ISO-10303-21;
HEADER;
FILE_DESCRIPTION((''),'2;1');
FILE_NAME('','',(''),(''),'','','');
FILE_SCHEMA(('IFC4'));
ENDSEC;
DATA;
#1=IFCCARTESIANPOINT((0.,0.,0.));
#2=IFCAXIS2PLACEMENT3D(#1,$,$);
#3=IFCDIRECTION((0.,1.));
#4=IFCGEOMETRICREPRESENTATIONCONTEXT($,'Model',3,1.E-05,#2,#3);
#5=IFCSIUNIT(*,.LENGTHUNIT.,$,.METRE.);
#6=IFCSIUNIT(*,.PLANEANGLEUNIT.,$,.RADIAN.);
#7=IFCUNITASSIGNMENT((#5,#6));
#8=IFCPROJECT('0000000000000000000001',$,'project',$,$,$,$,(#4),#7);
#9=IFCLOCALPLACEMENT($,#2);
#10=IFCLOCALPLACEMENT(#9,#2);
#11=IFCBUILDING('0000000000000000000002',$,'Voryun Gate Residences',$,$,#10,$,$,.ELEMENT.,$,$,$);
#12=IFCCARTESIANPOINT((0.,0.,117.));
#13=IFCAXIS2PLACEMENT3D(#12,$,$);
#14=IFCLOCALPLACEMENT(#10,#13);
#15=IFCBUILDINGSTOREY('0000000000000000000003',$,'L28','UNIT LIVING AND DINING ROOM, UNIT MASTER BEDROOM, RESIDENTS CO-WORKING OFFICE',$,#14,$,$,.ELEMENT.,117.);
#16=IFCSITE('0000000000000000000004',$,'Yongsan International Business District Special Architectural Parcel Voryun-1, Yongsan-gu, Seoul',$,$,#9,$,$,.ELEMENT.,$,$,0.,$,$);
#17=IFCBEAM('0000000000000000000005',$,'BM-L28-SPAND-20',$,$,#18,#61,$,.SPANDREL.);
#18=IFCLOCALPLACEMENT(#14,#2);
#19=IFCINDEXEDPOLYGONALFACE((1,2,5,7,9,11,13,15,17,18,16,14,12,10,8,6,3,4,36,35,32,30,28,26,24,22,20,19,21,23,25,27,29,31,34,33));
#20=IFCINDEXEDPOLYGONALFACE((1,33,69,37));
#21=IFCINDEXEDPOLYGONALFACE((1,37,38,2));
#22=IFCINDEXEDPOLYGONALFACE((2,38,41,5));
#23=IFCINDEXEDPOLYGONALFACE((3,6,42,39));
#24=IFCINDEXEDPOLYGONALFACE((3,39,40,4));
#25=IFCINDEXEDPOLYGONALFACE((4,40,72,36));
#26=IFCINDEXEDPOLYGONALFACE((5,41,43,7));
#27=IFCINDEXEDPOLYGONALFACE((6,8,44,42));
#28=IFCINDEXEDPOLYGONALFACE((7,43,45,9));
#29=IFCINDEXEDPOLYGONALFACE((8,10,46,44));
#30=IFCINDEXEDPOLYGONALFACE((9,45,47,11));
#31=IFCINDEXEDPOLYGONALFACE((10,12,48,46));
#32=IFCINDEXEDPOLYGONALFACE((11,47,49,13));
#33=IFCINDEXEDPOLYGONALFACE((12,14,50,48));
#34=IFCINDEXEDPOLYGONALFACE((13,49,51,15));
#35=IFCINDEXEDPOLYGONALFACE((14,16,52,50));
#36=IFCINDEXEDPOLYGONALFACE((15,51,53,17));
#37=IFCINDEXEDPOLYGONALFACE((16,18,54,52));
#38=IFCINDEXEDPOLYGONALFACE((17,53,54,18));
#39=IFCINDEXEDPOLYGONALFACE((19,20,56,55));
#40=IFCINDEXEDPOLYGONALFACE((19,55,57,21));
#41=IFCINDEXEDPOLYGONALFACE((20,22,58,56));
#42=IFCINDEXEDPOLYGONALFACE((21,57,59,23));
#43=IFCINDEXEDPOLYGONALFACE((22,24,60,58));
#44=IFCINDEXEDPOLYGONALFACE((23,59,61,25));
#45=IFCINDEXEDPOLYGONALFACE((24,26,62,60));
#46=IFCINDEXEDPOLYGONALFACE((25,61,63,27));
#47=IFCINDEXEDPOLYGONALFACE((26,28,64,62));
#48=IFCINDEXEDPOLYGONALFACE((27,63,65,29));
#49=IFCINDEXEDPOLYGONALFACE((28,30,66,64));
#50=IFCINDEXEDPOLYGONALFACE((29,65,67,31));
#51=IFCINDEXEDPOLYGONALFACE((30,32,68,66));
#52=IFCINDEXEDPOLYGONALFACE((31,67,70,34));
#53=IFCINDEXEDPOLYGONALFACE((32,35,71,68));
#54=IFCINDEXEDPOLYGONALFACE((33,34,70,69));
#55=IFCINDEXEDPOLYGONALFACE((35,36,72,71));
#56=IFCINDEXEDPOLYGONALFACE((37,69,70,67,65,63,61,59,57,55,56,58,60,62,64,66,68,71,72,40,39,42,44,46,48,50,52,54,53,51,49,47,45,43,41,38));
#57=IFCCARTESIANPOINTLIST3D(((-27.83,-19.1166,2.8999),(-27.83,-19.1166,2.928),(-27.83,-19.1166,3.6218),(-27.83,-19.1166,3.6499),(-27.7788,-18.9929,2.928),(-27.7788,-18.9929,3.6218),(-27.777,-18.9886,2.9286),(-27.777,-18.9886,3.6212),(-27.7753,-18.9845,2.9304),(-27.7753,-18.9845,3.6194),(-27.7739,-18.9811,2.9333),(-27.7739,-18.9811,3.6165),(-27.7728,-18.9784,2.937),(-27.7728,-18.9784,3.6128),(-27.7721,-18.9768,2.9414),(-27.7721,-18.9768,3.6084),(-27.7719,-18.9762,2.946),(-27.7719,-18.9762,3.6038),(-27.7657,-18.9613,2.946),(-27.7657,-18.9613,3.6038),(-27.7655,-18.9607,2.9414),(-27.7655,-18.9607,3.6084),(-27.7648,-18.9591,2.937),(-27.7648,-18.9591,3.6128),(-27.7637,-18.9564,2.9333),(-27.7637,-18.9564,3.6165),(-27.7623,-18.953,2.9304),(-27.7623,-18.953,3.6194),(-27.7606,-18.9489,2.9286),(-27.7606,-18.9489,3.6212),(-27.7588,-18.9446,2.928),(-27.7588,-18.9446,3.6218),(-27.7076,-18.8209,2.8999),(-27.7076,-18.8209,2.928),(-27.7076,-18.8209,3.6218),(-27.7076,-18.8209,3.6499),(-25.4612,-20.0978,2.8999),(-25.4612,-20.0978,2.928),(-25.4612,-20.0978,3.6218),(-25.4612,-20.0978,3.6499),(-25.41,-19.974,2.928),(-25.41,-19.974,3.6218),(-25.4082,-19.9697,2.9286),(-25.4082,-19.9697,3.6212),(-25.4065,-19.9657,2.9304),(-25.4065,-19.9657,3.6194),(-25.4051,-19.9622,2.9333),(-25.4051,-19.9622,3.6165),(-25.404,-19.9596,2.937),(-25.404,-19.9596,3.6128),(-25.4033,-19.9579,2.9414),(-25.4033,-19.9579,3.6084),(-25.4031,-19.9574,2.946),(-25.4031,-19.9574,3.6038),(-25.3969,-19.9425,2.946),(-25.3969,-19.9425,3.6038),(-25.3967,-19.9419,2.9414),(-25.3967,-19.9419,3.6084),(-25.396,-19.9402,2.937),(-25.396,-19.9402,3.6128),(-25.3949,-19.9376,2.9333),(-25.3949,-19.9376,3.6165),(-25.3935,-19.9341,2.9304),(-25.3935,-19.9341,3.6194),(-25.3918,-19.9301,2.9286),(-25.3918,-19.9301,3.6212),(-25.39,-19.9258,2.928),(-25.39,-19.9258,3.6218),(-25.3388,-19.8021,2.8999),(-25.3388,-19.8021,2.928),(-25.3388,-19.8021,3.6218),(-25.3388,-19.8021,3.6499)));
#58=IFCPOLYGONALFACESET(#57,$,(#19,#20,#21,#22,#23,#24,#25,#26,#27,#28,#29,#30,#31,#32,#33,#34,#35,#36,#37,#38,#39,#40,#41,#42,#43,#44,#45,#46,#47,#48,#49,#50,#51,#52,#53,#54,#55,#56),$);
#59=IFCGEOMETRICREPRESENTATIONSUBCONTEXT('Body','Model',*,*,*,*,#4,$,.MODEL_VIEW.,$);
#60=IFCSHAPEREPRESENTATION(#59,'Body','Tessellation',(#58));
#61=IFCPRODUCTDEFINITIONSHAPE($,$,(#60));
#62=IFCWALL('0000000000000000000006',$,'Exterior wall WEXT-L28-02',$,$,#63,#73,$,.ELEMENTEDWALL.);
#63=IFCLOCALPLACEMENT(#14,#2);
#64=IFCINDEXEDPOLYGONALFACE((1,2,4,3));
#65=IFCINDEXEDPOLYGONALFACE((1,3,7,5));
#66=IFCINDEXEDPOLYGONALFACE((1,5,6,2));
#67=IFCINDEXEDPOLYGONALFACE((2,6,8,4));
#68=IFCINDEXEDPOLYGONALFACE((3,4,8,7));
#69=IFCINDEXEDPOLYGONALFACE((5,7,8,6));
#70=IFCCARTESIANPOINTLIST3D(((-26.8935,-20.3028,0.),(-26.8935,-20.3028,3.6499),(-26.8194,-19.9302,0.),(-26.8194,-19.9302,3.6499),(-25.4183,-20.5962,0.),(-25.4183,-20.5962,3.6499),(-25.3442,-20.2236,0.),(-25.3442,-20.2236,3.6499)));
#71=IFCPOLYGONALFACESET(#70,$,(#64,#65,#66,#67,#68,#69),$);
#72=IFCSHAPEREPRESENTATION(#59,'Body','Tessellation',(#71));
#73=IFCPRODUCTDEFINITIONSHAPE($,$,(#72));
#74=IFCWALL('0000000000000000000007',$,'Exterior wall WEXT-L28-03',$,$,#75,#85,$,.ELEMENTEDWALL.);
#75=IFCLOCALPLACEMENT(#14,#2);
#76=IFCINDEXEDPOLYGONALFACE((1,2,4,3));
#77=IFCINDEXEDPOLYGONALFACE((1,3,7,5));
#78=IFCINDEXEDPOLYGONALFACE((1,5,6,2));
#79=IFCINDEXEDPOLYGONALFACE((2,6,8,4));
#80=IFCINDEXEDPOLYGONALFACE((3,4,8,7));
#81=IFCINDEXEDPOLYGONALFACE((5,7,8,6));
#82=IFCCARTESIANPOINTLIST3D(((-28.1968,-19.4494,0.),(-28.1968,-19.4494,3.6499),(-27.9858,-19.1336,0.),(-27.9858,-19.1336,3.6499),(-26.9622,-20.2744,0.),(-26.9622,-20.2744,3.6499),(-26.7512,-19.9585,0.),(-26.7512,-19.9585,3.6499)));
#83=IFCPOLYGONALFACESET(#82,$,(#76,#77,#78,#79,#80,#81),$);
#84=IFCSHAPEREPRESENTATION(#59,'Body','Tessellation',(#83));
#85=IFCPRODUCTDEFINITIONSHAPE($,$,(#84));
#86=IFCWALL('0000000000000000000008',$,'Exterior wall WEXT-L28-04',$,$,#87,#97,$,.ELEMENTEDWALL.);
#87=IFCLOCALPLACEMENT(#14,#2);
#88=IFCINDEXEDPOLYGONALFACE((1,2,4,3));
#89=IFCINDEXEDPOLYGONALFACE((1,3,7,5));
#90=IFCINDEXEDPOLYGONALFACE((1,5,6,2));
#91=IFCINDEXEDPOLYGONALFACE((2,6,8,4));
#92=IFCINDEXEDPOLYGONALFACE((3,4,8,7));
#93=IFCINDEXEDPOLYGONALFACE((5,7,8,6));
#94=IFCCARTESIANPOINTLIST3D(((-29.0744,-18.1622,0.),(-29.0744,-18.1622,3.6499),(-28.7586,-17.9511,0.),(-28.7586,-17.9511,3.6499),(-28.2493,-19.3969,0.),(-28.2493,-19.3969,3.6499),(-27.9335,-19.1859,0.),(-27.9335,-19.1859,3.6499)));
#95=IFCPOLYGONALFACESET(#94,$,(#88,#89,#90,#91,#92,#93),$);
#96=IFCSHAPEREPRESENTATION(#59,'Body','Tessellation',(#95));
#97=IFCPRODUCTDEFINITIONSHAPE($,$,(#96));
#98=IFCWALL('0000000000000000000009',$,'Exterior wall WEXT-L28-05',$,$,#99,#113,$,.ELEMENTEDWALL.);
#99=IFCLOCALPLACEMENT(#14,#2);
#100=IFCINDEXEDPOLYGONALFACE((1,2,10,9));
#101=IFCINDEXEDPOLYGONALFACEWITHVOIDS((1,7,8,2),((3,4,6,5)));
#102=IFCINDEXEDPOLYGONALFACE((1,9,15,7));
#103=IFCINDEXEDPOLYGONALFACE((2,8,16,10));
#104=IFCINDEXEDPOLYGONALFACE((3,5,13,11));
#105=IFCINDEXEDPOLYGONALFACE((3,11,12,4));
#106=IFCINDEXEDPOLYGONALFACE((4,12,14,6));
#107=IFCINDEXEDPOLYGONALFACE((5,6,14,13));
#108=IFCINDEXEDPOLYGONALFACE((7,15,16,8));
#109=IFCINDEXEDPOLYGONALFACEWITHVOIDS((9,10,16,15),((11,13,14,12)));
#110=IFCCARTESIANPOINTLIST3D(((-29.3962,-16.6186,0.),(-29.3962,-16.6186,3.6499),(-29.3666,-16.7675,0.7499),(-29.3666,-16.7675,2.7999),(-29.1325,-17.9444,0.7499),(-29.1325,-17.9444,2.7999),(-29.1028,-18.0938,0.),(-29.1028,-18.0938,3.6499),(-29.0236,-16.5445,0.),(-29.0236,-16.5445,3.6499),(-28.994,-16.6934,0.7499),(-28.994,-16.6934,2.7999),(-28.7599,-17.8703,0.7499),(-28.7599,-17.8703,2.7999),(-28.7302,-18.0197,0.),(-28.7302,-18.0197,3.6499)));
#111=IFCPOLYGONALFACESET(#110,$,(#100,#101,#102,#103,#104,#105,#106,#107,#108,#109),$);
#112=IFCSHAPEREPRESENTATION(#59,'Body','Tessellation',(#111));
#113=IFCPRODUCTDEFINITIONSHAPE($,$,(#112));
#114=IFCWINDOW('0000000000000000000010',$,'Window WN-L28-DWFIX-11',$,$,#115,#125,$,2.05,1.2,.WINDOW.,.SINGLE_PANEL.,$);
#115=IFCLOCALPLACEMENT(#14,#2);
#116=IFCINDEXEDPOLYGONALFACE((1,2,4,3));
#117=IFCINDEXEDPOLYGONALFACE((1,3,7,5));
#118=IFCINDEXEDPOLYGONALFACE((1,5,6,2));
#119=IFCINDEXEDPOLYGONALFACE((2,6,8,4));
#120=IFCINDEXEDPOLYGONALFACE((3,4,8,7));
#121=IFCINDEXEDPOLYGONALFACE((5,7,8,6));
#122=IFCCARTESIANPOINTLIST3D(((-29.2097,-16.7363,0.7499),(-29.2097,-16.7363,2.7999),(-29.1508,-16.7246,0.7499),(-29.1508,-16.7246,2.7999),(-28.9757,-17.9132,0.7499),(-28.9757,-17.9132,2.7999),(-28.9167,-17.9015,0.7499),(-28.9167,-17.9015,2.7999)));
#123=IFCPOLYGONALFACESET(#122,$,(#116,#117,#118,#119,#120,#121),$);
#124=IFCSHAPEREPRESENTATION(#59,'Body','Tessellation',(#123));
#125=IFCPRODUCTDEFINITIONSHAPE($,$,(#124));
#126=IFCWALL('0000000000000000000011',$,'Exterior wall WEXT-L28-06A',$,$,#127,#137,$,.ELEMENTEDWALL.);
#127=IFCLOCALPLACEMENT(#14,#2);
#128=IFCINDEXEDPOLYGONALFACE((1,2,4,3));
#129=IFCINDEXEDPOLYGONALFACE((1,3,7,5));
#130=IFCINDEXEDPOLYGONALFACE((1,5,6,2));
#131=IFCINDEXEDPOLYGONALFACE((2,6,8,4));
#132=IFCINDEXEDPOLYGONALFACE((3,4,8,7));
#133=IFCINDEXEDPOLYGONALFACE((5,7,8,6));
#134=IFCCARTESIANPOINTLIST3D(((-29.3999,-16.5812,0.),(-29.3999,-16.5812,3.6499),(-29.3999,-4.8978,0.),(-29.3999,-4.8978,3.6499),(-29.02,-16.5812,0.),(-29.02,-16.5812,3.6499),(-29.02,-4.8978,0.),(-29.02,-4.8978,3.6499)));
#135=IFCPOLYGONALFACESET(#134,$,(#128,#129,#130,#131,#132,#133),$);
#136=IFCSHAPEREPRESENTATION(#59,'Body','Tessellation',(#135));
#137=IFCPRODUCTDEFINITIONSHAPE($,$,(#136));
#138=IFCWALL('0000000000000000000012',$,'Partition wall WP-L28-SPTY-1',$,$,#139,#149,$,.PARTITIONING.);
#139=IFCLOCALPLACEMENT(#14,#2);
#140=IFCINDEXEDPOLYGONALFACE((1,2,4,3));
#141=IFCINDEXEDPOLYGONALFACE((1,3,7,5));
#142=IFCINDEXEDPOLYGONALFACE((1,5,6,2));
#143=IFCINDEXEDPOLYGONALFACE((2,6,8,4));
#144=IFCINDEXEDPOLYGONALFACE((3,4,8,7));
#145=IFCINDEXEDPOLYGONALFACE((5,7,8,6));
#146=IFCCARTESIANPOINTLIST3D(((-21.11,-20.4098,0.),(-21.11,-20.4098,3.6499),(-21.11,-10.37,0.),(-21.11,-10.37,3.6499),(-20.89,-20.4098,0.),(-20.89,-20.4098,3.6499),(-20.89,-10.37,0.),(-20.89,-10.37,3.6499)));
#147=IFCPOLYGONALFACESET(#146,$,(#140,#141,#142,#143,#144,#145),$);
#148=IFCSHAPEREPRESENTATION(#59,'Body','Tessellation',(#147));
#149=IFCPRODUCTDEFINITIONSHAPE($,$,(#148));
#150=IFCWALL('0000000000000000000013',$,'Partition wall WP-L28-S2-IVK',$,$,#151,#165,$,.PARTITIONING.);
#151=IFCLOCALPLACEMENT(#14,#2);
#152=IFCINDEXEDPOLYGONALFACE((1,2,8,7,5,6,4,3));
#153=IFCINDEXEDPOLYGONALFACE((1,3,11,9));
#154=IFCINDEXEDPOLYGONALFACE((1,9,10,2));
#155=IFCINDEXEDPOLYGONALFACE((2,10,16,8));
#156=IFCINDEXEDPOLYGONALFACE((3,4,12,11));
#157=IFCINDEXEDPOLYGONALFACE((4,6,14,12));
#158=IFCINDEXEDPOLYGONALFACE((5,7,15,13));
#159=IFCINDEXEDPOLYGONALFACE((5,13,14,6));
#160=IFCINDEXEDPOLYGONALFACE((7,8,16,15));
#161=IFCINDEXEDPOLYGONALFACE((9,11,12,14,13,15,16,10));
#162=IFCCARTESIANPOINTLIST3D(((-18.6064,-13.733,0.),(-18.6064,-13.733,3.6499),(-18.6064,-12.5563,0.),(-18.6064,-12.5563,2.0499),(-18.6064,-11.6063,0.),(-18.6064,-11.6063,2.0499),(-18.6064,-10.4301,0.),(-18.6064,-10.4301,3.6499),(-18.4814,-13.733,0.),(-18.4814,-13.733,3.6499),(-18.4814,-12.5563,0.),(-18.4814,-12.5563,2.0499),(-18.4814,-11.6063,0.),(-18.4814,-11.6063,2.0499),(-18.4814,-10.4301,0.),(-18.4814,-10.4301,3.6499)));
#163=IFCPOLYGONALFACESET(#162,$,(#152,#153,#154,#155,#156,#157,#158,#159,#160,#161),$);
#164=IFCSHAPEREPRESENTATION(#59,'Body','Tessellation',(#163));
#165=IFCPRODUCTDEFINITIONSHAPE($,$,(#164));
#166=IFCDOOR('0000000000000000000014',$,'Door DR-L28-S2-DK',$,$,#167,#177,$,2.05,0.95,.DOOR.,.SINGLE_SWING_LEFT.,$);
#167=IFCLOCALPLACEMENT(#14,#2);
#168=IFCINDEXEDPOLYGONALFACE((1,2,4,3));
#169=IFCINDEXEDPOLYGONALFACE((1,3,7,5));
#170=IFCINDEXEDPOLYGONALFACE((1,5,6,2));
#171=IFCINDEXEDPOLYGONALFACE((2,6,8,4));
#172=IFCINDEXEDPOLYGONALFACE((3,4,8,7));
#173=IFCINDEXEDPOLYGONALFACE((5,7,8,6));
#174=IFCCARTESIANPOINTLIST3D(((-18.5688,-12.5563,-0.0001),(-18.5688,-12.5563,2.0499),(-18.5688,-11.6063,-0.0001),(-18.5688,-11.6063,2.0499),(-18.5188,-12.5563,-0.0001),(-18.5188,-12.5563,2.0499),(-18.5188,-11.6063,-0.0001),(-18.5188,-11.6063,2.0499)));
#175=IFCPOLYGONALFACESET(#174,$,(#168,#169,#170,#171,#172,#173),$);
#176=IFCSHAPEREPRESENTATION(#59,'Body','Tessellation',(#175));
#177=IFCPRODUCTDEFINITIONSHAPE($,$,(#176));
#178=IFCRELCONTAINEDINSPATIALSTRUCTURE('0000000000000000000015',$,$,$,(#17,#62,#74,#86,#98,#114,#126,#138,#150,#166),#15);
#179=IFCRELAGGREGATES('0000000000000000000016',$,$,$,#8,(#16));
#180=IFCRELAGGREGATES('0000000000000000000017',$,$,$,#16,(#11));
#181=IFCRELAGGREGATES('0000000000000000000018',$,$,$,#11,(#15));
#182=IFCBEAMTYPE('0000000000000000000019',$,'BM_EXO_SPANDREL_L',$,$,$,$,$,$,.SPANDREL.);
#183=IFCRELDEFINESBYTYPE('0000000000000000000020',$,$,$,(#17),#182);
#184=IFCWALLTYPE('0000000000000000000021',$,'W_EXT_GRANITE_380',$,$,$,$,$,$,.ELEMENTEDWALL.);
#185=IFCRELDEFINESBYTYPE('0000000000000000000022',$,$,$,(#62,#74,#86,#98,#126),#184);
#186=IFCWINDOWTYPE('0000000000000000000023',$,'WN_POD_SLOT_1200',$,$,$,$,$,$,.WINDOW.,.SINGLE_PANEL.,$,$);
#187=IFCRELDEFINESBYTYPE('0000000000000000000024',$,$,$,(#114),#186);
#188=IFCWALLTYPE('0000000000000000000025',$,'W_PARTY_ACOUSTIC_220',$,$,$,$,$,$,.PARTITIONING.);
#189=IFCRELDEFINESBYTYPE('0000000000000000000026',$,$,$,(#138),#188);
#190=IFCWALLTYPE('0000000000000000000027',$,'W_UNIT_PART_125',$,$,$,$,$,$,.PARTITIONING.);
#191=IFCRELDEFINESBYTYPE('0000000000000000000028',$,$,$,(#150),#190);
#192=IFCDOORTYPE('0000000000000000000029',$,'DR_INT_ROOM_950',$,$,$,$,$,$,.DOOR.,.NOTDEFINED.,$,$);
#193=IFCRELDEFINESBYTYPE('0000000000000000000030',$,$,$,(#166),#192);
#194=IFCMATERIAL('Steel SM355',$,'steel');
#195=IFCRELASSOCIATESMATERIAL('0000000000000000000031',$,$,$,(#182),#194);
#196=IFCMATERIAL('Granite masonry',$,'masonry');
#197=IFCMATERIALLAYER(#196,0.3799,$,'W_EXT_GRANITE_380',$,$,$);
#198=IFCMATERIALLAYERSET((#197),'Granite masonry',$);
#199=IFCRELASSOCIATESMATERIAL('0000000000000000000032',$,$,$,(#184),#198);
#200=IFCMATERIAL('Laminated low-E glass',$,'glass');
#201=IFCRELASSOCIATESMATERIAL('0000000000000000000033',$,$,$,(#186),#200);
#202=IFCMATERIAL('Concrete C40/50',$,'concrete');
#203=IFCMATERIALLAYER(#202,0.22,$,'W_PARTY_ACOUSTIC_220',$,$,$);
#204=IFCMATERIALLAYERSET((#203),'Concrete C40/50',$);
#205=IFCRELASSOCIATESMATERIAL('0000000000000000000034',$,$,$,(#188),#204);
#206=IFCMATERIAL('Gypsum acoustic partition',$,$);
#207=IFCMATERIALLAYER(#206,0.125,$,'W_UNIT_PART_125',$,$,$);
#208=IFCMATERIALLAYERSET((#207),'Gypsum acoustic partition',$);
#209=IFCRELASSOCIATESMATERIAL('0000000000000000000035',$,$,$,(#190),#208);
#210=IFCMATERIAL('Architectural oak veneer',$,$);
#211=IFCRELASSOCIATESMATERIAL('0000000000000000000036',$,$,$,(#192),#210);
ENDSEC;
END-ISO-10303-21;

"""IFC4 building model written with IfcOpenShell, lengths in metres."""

from ifc_helpers import new_model, si_unit, direction, frame, frame_2d, origin, origin_2d, place, context, subcontext, project, spatial, rectangle, i_section, extrude, material, layer, layer_set, material_profile, profile_set, type_object, element, fill, save


model = new_model("IFC4")

# Units and contexts
model_context = context("Model", 3, precision=1e-05, world=origin(), true_north=direction((0.0, 1.0)))
body_context = subcontext(model_context, "Body", "Model", "MODEL_VIEW")
ifc_project = project(units=[si_unit("LENGTHUNIT", "METRE"), si_unit("PLANEANGLEUNIT", "RADIAN")], contexts=[model_context])

# Site, building, storey
site_placement = place(None, origin())
site = spatial("IfcSite", under=ifc_project, at=site_placement, Name="Yongsan International Business District Special Architectural Parcel Voryun-1, Yongsan-gu, Seoul", CompositionType="ELEMENT", RefElevation=0.0)
building_placement = place(site_placement, origin())
building = spatial("IfcBuilding", under=site, at=building_placement, Name="Voryun Gate Residences", CompositionType="ELEMENT")
storey_placement = place(building_placement, frame((0.0, 0.0, 117.0)))
storey = spatial("IfcBuildingStorey", under=building, at=storey_placement, Name="L28", Description="UNIT LIVING AND DINING ROOM, UNIT MASTER BEDROOM, RESIDENTS CO-WORKING OFFICE", CompositionType="ELEMENT", Elevation=117.0)

# Beam
ifc_material_1 = material(Name="Steel SM355", Category="steel")
ifc_material_profile_1 = material_profile(ifc_material_1, i_section(OverallWidth=0.3201, OverallDepth=0.75, WebThickness=0.0161, FlangeThickness=0.0281, FilletRadius=0.0181, at=origin_2d()), Name="H-750x320x16x28")
ifc_profile_set_1 = profile_set([ifc_material_profile_1], Name="Steel SM355")
beam_type = type_object("IfcBeamType", Name="BM_EXO_SPANDREL_L", PredefinedType="SPANDREL", material=ifc_profile_set_1)
beam_1_placement = place(storey_placement, frame((-27.7688, -18.9688, 3.2749), z_axis=(0.923883, -0.382674, 0.0), x_axis=(0.382674, 0.923883, 0.0)))
element("IfcBeam", 1, at=beam_1_placement, inside=storey, type_object=beam_type, Name="BM-L28-SPAND-20", PredefinedType="SPANDREL", context=body_context, shape_type="SweptSolid", body=[
    extrude(i_section(OverallWidth=0.3201, OverallDepth=0.75, WebThickness=0.0161, FlangeThickness=0.0281, FilletRadius=0.0181, at=origin_2d()), origin(), (0.0, 0.0, 1.0), 2.564),
])

# Walls
ifc_material_2 = material(Name="Granite masonry", Category="masonry")
ifc_layer_1 = layer(ifc_material_2, 0.3799, Name="W_EXT_GRANITE_380")
ifc_layer_set_1 = layer_set([ifc_layer_1], Name="Granite masonry")
wall_type_1 = type_object("IfcWallType", Name="W_EXT_GRANITE_380", PredefinedType="ELEMENTEDWALL", material=ifc_layer_set_1)
wall_1_placement = place(storey_placement, frame((-25.3813, -20.4099, 0.0), z_axis=(0.0, 0.0, 1.0), x_axis=(-0.980786, 0.195086, 0.0)))
element("IfcWall", 2, at=wall_1_placement, inside=storey, type_object=wall_type_1, Name="Exterior wall WEXT-L28-02", PredefinedType="ELEMENTEDWALL", context=body_context, shape_type="SweptSolid", body=[
    extrude(rectangle(XDim=1.5042, YDim=0.3799, at=frame_2d((0.752, 0.0))), origin(), (0.0, 0.0, 1.0), 3.6499),
])
wall_2_placement = place(storey_placement, frame((-26.8567, -20.1165, 0.0), z_axis=(0.0, 0.0, 1.0), x_axis=(-0.831468, 0.555573, 0.0)))
element("IfcWall", 3, at=wall_2_placement, inside=storey, type_object=wall_type_1, Name="Exterior wall WEXT-L28-03", PredefinedType="ELEMENTEDWALL", context=body_context, shape_type="SweptSolid", body=[
    extrude(rectangle(XDim=1.4849, YDim=0.3799, at=frame_2d((0.7424, 0.0))), origin(), (0.0, 0.0, 1.0), 3.6499),
])
wall_3_placement = place(storey_placement, frame((-28.0913, -19.2915, 0.0), z_axis=(0.0, 0.0, 1.0), x_axis=(-0.55561, 0.831443, 0.0)))
element("IfcWall", 4, at=wall_3_placement, inside=storey, type_object=wall_type_1, Name="Exterior wall WEXT-L28-04", PredefinedType="ELEMENTEDWALL", context=body_context, shape_type="SweptSolid", body=[
    extrude(rectangle(XDim=1.4851, YDim=0.3799, at=frame_2d((0.7427, 0.0))), origin(), (0.0, 0.0, 1.0), 3.6499),
])

# Wall, opening, window
wall_4_placement = place(storey_placement, frame((-28.9165, -18.0566, 0.0), z_axis=(0.0, 0.0, 1.0), x_axis=(-0.195086, 0.980786, 0.0)))
wall_4 = element("IfcWall", 5, at=wall_4_placement, inside=storey, type_object=wall_type_1, Name="Exterior wall WEXT-L28-05", PredefinedType="ELEMENTEDWALL", context=body_context, shape_type="SweptSolid", body=[
    extrude(rectangle(XDim=1.5042, YDim=0.3799, at=frame_2d((0.752, 0.0))), origin(), (0.0, 0.0, 1.0), 3.6499),
])
opening_1_placement = place(wall_4_placement, frame((0.1521, 0.0, 0.75)))
opening_1 = element("IfcOpeningElement", 6, at=opening_1_placement, cuts=wall_4, PredefinedType="OPENING", context=body_context, shape_type="SweptSolid", body=[
    extrude(rectangle(XDim=1.2, YDim=2.05, at=frame_2d((0.6001, 1.0249))), frame((0.0, 0.2, 0.0), z_axis=(0.0, -1.0, 0.0), x_axis=(1.0, 0.0, 0.0)), (0.0, 0.0, 1.0), 0.3999),
])
ifc_material_3 = material(Name="Laminated low-E glass", Category="glass")
window_type = type_object("IfcWindowType", Name="WN_POD_SLOT_1200", PartitioningType="SINGLE_PANEL", PredefinedType="WINDOW", material=ifc_material_3)
window_placement = place(opening_1_placement, origin())
window = element("IfcWindow", 7, at=window_placement, inside=storey, type_object=window_type, Name="Window WN-L28-DWFIX-11", OverallHeight=2.05, OverallWidth=1.2, PartitioningType="SINGLE_PANEL", PredefinedType="WINDOW", context=body_context, shape_type="SweptSolid", body=[
    extrude(rectangle(XDim=1.2, YDim=2.05, at=frame_2d((0.6001, 1.0249))), frame((0.0, 0.03, 0.0), z_axis=(0.0, -1.0, 0.0), x_axis=(1.0, 0.0, 0.0)), (0.0, 0.0, 1.0), 0.0601),
])
fill(opening_1, window)

# Walls
wall_5_placement = place(storey_placement, frame((-29.21, -16.5813, 0.0), z_axis=(0.0, 0.0, 1.0), x_axis=(0.0, 1.0, 0.0)))
element("IfcWall", 8, at=wall_5_placement, inside=storey, type_object=wall_type_1, Name="Exterior wall WEXT-L28-06A", PredefinedType="ELEMENTEDWALL", context=body_context, shape_type="SweptSolid", body=[
    extrude(rectangle(XDim=11.6833, YDim=0.3799, at=frame_2d((5.8418, 0.0))), origin(), (0.0, 0.0, 1.0), 3.6499),
])
ifc_material_4 = material(Name="Concrete C40/50", Category="concrete")
ifc_layer_2 = layer(ifc_material_4, 0.22, Name="W_PARTY_ACOUSTIC_220")
ifc_layer_set_2 = layer_set([ifc_layer_2], Name="Concrete C40/50")
wall_type_2 = type_object("IfcWallType", Name="W_PARTY_ACOUSTIC_220", PredefinedType="PARTITIONING", material=ifc_layer_set_2)
wall_6_placement = place(storey_placement, frame((-21.0, -20.4099, 0.0), z_axis=(0.0, 0.0, 1.0), x_axis=(0.0, 1.0, 0.0)))
element("IfcWall", 9, at=wall_6_placement, inside=storey, type_object=wall_type_2, Name="Partition wall WP-L28-SPTY-1", PredefinedType="PARTITIONING", context=body_context, shape_type="SweptSolid", body=[
    extrude(rectangle(XDim=10.0398, YDim=0.22, at=frame_2d((5.02, 0.0))), origin(), (0.0, 0.0, 1.0), 3.6499),
])

# Wall, opening, door
ifc_material_5 = material(Name="Gypsum acoustic partition")
ifc_layer_3 = layer(ifc_material_5, 0.125, Name="W_UNIT_PART_125")
ifc_layer_set_3 = layer_set([ifc_layer_3], Name="Gypsum acoustic partition")
wall_type_3 = type_object("IfcWallType", Name="W_UNIT_PART_125", PredefinedType="PARTITIONING", material=ifc_layer_set_3)
wall_7_placement = place(storey_placement, frame((-18.5439, -13.7329, 0.0), z_axis=(0.0, 0.0, 1.0), x_axis=(0.0, 1.0, 0.0)))
wall_7 = element("IfcWall", 10, at=wall_7_placement, inside=storey, type_object=wall_type_3, Name="Partition wall WP-L28-S2-IVK", PredefinedType="PARTITIONING", context=body_context, shape_type="SweptSolid", body=[
    extrude(rectangle(XDim=3.303, YDim=0.125, at=frame_2d((1.6514, 0.0))), origin(), (0.0, 0.0, 1.0), 3.6499),
])
opening_2_placement = place(wall_7_placement, frame((1.1765, 0.0, 0.0)))
opening_2 = element("IfcOpeningElement", 11, at=opening_2_placement, cuts=wall_7, PredefinedType="OPENING", context=body_context, shape_type="SweptSolid", body=[
    extrude(rectangle(XDim=0.95, YDim=2.05, at=frame_2d((0.4751, 1.0249))), frame((0.0, 0.0725, 0.0), z_axis=(0.0, -1.0, 0.0), x_axis=(1.0, 0.0, 0.0)), (0.0, 0.0, 1.0), 0.145),
])
ifc_material_6 = material(Name="Architectural oak veneer")
door_type_1 = type_object("IfcDoorType", Name="DR_INT_ROOM_950", OperationType="NOTDEFINED", PredefinedType="DOOR", material=ifc_material_6)
door_1_placement = place(opening_2_placement, origin())
door_1 = element("IfcDoor", 12, at=door_1_placement, inside=storey, type_object=door_type_1, Name="Door DR-L28-S2-DK", OperationType="SINGLE_SWING_LEFT", OverallHeight=2.05, OverallWidth=0.95, PredefinedType="DOOR", context=body_context, shape_type="SweptSolid", body=[
    extrude(rectangle(XDim=0.95, YDim=2.05, at=frame_2d((0.4751, 1.0249))), frame((0.0, 0.0249, 0.0), z_axis=(0.0, -1.0, 0.0), x_axis=(1.0, 0.0, 0.0)), (0.0, 0.0, 1.0), 0.05),
])
fill(opening_2, door_1)

save(model, "model.ifc")
